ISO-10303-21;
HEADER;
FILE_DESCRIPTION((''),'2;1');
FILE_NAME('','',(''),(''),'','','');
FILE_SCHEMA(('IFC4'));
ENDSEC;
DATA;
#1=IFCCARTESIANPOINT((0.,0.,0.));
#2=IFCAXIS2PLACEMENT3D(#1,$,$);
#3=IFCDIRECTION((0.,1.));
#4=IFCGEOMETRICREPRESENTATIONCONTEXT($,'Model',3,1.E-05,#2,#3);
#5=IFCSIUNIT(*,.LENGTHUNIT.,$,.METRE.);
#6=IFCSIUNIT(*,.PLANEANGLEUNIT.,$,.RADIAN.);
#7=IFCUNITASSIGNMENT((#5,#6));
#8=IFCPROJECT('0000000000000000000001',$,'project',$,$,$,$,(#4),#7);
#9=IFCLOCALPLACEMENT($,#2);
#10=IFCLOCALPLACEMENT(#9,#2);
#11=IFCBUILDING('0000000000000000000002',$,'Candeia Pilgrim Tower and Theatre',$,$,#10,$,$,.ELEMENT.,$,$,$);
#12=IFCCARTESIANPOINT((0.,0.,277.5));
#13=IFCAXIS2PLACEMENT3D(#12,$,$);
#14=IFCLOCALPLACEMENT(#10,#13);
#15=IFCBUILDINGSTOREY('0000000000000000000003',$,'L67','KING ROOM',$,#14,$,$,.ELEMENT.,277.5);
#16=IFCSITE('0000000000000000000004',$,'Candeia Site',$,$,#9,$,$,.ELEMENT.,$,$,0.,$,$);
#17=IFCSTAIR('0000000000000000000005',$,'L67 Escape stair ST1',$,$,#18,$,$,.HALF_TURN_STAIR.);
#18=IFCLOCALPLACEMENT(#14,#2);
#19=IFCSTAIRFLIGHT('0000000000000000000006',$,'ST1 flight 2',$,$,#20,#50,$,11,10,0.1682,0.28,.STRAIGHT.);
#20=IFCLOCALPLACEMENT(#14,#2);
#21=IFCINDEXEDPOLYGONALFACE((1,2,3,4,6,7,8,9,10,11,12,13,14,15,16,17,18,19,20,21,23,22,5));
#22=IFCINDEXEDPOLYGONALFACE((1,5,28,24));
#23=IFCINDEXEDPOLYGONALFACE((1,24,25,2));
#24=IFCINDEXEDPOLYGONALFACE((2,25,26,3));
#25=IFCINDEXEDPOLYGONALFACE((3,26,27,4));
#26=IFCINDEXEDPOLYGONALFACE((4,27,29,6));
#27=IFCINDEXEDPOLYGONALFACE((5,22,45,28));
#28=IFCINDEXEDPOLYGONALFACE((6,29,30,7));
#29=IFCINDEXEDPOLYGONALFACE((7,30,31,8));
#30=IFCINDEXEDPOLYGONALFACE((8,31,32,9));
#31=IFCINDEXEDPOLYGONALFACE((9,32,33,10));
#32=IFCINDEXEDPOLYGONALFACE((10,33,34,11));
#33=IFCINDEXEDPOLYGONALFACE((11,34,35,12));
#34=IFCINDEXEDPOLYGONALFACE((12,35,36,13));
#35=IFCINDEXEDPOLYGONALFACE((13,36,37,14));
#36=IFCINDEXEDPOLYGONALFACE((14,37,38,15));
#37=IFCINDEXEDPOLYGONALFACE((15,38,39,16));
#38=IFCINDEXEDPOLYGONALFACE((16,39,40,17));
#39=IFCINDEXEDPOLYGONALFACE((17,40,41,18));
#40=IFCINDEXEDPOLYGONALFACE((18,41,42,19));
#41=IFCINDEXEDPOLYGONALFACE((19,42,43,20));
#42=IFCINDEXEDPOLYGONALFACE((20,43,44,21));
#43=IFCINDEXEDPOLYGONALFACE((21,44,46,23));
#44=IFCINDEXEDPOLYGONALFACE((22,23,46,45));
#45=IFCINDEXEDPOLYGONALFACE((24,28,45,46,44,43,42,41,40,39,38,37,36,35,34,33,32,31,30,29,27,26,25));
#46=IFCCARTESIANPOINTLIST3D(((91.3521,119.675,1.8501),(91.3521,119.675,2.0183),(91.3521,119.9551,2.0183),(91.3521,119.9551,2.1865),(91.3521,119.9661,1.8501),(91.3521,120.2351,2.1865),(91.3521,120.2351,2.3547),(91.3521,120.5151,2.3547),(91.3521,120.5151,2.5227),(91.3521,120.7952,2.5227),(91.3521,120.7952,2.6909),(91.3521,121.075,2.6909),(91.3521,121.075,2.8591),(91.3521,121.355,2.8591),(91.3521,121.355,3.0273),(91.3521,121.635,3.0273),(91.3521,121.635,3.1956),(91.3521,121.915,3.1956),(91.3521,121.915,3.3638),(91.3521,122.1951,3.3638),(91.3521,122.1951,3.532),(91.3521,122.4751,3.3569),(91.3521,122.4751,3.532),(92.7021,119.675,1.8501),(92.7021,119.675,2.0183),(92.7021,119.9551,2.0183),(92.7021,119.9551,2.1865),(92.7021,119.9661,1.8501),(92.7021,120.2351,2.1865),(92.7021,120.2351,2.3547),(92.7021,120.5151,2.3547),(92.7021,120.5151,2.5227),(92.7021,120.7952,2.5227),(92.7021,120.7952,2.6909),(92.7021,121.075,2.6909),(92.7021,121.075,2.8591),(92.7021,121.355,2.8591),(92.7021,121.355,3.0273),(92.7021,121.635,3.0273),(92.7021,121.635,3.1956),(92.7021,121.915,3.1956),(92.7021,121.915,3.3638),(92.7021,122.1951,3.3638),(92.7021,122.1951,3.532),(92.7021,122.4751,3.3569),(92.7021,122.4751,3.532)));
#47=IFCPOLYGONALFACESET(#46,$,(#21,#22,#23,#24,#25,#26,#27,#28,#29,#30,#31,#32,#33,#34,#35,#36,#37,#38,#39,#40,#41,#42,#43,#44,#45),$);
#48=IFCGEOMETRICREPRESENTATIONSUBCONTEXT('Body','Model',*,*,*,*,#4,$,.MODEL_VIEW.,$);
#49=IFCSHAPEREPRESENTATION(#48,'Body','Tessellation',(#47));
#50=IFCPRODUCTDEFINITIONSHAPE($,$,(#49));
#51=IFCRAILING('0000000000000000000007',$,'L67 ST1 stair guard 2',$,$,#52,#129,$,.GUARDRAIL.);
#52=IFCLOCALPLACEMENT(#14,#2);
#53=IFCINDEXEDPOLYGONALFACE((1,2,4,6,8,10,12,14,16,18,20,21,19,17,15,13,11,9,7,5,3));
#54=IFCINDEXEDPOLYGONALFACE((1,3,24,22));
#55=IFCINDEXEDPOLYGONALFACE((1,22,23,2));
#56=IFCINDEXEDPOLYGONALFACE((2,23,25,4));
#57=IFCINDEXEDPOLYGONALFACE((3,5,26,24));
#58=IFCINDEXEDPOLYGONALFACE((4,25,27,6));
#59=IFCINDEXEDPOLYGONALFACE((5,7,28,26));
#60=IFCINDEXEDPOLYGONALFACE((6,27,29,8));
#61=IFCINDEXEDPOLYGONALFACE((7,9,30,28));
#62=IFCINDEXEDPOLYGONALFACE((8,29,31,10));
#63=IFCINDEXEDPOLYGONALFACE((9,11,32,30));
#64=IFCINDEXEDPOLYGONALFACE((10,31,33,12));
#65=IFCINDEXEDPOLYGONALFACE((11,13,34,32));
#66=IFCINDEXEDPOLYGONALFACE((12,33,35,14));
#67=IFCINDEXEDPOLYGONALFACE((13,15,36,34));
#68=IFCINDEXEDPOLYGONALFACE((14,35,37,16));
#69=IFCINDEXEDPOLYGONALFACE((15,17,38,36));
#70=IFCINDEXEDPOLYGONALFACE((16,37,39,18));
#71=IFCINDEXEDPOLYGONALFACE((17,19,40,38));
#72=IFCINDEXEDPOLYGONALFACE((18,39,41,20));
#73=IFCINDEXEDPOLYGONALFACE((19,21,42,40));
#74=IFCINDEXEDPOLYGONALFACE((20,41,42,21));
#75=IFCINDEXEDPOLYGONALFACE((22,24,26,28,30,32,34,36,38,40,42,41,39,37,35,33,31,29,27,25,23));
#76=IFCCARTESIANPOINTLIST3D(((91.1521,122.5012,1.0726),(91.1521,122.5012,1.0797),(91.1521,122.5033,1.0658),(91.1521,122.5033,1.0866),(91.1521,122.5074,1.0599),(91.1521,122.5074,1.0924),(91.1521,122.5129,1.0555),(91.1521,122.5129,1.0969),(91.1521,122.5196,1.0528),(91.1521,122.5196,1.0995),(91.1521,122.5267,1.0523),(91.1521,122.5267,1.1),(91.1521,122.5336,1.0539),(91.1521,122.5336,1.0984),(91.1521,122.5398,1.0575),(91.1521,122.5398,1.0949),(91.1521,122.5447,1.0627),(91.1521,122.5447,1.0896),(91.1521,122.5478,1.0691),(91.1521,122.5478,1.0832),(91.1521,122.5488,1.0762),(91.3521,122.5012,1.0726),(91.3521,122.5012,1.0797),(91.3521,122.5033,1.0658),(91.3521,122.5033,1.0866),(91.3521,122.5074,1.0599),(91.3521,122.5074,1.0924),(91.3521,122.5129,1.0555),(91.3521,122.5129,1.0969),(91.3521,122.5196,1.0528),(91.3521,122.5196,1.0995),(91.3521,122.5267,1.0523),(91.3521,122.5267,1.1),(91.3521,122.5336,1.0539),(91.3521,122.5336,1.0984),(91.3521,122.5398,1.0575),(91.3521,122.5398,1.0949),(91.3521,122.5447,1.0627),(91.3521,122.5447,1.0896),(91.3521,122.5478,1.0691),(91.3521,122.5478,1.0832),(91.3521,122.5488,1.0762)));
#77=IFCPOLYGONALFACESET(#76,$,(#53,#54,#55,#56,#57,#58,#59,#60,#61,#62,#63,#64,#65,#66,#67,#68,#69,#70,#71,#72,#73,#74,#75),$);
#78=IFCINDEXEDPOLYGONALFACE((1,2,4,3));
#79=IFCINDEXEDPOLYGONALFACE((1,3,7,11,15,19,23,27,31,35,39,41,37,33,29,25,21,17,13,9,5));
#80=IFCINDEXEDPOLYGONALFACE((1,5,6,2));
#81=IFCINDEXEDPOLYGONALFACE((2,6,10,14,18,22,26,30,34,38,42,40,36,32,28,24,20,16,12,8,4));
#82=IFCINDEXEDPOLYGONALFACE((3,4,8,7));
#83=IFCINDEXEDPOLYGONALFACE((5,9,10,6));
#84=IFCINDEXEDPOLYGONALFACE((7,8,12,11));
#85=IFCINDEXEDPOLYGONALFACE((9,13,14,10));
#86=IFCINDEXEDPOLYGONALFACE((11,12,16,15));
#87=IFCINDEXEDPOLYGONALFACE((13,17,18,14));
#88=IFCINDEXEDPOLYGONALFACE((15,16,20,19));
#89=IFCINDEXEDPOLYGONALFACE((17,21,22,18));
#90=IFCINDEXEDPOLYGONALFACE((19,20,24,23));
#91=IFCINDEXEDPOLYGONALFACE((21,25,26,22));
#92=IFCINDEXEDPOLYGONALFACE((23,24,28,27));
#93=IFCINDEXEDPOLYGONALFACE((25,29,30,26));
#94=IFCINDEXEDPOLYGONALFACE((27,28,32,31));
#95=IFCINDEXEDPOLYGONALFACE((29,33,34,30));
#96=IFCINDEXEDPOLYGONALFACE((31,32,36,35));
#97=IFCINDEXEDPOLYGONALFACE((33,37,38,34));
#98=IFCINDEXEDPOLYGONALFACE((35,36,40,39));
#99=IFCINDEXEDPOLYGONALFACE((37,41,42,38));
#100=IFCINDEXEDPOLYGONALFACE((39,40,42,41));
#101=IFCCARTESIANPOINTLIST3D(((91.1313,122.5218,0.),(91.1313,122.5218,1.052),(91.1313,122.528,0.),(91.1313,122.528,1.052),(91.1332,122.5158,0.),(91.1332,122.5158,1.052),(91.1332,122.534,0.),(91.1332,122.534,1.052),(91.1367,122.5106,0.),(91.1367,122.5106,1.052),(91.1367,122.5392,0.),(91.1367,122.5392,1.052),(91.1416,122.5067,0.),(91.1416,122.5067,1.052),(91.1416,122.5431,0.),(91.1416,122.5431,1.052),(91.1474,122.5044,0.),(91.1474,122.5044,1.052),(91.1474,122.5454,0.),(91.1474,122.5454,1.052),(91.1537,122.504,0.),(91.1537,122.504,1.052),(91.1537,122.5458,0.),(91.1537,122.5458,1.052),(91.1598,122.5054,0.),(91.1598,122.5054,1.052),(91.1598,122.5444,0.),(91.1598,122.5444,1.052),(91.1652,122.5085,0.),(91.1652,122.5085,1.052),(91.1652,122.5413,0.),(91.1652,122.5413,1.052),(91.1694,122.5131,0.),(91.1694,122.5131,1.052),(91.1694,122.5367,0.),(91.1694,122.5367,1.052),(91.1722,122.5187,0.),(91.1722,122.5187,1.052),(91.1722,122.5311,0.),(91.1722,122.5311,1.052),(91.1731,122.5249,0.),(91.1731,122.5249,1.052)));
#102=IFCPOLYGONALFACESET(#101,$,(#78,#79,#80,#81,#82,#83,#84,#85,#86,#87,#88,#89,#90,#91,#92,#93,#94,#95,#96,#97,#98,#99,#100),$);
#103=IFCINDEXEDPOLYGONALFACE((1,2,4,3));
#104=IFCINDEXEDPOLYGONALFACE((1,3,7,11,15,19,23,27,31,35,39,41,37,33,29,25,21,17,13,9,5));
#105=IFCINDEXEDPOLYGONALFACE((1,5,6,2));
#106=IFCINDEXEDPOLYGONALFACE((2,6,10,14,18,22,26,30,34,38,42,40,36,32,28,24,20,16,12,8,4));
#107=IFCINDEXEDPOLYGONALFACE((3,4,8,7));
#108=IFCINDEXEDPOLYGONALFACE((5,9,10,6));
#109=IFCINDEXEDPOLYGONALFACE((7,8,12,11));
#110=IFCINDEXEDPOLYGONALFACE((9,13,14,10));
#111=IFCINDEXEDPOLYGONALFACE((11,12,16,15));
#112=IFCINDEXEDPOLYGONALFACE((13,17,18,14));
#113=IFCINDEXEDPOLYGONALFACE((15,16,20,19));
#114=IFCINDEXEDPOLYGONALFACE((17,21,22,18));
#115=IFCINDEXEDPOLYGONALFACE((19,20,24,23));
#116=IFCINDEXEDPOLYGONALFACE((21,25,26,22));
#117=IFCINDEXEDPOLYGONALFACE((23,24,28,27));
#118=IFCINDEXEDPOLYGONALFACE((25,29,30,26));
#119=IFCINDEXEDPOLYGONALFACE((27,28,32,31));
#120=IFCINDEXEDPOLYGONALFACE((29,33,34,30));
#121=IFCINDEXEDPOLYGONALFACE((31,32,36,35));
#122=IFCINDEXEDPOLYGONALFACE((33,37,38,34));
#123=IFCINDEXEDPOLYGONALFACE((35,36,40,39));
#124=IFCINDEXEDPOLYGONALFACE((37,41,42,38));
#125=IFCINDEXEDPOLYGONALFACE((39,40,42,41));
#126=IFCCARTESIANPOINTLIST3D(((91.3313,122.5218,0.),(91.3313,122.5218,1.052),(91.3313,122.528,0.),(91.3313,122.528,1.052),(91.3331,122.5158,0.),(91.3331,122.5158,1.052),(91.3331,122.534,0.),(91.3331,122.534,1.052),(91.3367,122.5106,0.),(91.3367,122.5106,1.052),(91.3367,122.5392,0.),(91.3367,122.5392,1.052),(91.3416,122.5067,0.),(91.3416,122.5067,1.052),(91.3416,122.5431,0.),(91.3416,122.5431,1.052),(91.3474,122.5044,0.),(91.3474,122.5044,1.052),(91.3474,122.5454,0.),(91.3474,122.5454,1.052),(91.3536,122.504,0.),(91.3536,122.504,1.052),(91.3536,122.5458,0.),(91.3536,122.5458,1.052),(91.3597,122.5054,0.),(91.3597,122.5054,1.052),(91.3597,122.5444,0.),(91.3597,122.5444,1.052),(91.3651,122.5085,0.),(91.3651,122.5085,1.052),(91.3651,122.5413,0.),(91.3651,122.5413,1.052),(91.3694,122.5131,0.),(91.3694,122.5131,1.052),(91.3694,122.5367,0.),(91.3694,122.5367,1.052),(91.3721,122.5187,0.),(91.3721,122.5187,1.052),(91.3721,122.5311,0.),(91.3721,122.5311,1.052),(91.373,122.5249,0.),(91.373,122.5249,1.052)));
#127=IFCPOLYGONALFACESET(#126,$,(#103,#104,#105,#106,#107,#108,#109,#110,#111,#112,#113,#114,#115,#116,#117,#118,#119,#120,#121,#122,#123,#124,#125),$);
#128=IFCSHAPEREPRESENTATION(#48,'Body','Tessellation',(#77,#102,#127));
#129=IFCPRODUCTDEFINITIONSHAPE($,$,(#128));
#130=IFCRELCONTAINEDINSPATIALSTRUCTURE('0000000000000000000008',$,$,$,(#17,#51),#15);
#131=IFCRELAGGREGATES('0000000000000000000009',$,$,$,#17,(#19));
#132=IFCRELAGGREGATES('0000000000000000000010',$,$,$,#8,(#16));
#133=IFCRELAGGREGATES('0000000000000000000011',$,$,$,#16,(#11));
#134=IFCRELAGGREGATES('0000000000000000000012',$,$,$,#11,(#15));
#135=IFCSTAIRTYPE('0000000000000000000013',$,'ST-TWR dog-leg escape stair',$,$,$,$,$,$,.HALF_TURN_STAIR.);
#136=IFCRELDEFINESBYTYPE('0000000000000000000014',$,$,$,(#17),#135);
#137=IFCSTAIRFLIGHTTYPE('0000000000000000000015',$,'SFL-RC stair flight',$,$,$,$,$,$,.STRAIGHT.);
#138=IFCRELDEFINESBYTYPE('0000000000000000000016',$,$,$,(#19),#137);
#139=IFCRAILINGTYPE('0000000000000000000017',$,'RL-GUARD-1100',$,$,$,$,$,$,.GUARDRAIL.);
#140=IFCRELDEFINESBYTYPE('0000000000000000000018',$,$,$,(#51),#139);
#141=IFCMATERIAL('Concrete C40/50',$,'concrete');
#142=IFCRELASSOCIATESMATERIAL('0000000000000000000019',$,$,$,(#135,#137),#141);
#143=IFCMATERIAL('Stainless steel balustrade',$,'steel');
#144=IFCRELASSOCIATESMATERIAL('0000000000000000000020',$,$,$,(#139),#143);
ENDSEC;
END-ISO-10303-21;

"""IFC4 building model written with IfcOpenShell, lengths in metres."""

from ifc_helpers import new_model, si_unit, direction, frame, origin, origin_2d, place, context, subcontext, project, spatial, polyline, circle, outline, extrude, material, type_object, element, aggregate, save


model = new_model("IFC4")

# Units and contexts
model_context = context("Model", 3, precision=1e-05, world=origin(), true_north=direction((0.0, 1.0)))
body_context = subcontext(model_context, "Body", "Model", "MODEL_VIEW")
ifc_project = project(units=[si_unit("LENGTHUNIT", "METRE"), si_unit("PLANEANGLEUNIT", "RADIAN")], contexts=[model_context])

# Site, building, storey
site_placement = place(None, origin())
site = spatial("IfcSite", under=ifc_project, at=site_placement, Name="Candeia Site", CompositionType="ELEMENT", RefElevation=0.0)
building_placement = place(site_placement, origin())
building = spatial("IfcBuilding", under=site, at=building_placement, Name="Candeia Pilgrim Tower and Theatre", CompositionType="ELEMENT")
storey_placement = place(building_placement, frame((0.0, 0.0, 277.5)))
storey = spatial("IfcBuildingStorey", under=building, at=storey_placement, Name="L67", Description="KING ROOM", CompositionType="ELEMENT", Elevation=277.5)

# Shared definitions
ifc_material_1 = material(Name="Concrete C40/50", Category="concrete")

# Stair, stair flight
stair_type = type_object("IfcStairType", Name="ST-TWR dog-leg escape stair", PredefinedType="HALF_TURN_STAIR", material=ifc_material_1)
stair_placement = place(storey_placement, origin())
stair = element("IfcStair", 1, at=stair_placement, inside=storey, type_object=stair_type, Name="L67 Escape stair ST1", PredefinedType="HALF_TURN_STAIR")
stair_flight_type = type_object("IfcStairFlightType", Name="SFL-RC stair flight", PredefinedType="STRAIGHT", material=ifc_material_1)
stair_flight_1_placement = place(storey_placement, frame((92.0271, 119.675, 1.8501), z_axis=(0.0, 0.0, 1.0), x_axis=(0.0, 1.0, 0.0)))
stair_flight_1 = element("IfcStairFlight", 2, at=stair_flight_1_placement, type_object=stair_flight_type, Name="ST1 flight 2", NumberOfRisers=11, NumberOfTreads=10, PredefinedType="STRAIGHT", RiserHeight=0.1682, TreadLength=0.28, context=body_context, shape_type="SweptSolid", body=[
    extrude(outline(polyline([(0.0, 0.0), (0.0, 0.1682), (0.28, 0.1682), (0.28, 0.3364), (0.5601, 0.3364), (0.5601, 0.5046), (0.8401, 0.5046), (0.8401, 0.6726), (1.1201, 0.6726), (1.1201, 0.8408), (1.3999, 0.8408), (1.3999, 1.009), (1.6799, 1.009), (1.6799, 1.1772), (1.96, 1.1772), (1.96, 1.3455), (2.24, 1.3455), (2.24, 1.5137), (2.52, 1.5137), (2.52, 1.6819), (2.8, 1.6819), (2.8, 1.8501), (2.8, 1.5068), (0.291, 0.0), (0.0, 0.0)])), frame((0.0, 0.675, 0.0), z_axis=(0.0, -1.0, 0.0), x_axis=(1.0, 0.0, 0.0)), (0.0, 0.0, 1.0), 1.3501),
])
aggregate(stair, [stair_flight_1])

# Railing
ifc_material_2 = material(Name="Stainless steel balustrade", Category="steel")
railing_type_1 = type_object("IfcRailingType", Name="RL-GUARD-1100", PredefinedType="GUARDRAIL", material=ifc_material_2)
railing_1_placement = place(storey_placement, frame((91.1521, 122.5249, 0.0)))
element("IfcRailing", 3, at=railing_1_placement, inside=storey, type_object=railing_type_1, Name="L67 ST1 stair guard 2", PredefinedType="GUARDRAIL", context=body_context, shape_type="SweptSolid", body=[
    extrude(circle(Radius=0.0239, at=origin_2d()), frame((0.0, 0.0, 1.0762), z_axis=(1.0, 0.0, 0.0), x_axis=(0.0, 1.0, 0.0)), (0.0, 0.0, 1.0), 0.2),
    extrude(circle(Radius=0.021, at=origin_2d()), origin(), (0.0, 0.0, 1.0), 1.052),
    extrude(circle(Radius=0.021, at=origin_2d()), frame((0.2, 0.0, 0.0)), (0.0, 0.0, 1.0), 1.052),
])

save(model, "model.ifc")
